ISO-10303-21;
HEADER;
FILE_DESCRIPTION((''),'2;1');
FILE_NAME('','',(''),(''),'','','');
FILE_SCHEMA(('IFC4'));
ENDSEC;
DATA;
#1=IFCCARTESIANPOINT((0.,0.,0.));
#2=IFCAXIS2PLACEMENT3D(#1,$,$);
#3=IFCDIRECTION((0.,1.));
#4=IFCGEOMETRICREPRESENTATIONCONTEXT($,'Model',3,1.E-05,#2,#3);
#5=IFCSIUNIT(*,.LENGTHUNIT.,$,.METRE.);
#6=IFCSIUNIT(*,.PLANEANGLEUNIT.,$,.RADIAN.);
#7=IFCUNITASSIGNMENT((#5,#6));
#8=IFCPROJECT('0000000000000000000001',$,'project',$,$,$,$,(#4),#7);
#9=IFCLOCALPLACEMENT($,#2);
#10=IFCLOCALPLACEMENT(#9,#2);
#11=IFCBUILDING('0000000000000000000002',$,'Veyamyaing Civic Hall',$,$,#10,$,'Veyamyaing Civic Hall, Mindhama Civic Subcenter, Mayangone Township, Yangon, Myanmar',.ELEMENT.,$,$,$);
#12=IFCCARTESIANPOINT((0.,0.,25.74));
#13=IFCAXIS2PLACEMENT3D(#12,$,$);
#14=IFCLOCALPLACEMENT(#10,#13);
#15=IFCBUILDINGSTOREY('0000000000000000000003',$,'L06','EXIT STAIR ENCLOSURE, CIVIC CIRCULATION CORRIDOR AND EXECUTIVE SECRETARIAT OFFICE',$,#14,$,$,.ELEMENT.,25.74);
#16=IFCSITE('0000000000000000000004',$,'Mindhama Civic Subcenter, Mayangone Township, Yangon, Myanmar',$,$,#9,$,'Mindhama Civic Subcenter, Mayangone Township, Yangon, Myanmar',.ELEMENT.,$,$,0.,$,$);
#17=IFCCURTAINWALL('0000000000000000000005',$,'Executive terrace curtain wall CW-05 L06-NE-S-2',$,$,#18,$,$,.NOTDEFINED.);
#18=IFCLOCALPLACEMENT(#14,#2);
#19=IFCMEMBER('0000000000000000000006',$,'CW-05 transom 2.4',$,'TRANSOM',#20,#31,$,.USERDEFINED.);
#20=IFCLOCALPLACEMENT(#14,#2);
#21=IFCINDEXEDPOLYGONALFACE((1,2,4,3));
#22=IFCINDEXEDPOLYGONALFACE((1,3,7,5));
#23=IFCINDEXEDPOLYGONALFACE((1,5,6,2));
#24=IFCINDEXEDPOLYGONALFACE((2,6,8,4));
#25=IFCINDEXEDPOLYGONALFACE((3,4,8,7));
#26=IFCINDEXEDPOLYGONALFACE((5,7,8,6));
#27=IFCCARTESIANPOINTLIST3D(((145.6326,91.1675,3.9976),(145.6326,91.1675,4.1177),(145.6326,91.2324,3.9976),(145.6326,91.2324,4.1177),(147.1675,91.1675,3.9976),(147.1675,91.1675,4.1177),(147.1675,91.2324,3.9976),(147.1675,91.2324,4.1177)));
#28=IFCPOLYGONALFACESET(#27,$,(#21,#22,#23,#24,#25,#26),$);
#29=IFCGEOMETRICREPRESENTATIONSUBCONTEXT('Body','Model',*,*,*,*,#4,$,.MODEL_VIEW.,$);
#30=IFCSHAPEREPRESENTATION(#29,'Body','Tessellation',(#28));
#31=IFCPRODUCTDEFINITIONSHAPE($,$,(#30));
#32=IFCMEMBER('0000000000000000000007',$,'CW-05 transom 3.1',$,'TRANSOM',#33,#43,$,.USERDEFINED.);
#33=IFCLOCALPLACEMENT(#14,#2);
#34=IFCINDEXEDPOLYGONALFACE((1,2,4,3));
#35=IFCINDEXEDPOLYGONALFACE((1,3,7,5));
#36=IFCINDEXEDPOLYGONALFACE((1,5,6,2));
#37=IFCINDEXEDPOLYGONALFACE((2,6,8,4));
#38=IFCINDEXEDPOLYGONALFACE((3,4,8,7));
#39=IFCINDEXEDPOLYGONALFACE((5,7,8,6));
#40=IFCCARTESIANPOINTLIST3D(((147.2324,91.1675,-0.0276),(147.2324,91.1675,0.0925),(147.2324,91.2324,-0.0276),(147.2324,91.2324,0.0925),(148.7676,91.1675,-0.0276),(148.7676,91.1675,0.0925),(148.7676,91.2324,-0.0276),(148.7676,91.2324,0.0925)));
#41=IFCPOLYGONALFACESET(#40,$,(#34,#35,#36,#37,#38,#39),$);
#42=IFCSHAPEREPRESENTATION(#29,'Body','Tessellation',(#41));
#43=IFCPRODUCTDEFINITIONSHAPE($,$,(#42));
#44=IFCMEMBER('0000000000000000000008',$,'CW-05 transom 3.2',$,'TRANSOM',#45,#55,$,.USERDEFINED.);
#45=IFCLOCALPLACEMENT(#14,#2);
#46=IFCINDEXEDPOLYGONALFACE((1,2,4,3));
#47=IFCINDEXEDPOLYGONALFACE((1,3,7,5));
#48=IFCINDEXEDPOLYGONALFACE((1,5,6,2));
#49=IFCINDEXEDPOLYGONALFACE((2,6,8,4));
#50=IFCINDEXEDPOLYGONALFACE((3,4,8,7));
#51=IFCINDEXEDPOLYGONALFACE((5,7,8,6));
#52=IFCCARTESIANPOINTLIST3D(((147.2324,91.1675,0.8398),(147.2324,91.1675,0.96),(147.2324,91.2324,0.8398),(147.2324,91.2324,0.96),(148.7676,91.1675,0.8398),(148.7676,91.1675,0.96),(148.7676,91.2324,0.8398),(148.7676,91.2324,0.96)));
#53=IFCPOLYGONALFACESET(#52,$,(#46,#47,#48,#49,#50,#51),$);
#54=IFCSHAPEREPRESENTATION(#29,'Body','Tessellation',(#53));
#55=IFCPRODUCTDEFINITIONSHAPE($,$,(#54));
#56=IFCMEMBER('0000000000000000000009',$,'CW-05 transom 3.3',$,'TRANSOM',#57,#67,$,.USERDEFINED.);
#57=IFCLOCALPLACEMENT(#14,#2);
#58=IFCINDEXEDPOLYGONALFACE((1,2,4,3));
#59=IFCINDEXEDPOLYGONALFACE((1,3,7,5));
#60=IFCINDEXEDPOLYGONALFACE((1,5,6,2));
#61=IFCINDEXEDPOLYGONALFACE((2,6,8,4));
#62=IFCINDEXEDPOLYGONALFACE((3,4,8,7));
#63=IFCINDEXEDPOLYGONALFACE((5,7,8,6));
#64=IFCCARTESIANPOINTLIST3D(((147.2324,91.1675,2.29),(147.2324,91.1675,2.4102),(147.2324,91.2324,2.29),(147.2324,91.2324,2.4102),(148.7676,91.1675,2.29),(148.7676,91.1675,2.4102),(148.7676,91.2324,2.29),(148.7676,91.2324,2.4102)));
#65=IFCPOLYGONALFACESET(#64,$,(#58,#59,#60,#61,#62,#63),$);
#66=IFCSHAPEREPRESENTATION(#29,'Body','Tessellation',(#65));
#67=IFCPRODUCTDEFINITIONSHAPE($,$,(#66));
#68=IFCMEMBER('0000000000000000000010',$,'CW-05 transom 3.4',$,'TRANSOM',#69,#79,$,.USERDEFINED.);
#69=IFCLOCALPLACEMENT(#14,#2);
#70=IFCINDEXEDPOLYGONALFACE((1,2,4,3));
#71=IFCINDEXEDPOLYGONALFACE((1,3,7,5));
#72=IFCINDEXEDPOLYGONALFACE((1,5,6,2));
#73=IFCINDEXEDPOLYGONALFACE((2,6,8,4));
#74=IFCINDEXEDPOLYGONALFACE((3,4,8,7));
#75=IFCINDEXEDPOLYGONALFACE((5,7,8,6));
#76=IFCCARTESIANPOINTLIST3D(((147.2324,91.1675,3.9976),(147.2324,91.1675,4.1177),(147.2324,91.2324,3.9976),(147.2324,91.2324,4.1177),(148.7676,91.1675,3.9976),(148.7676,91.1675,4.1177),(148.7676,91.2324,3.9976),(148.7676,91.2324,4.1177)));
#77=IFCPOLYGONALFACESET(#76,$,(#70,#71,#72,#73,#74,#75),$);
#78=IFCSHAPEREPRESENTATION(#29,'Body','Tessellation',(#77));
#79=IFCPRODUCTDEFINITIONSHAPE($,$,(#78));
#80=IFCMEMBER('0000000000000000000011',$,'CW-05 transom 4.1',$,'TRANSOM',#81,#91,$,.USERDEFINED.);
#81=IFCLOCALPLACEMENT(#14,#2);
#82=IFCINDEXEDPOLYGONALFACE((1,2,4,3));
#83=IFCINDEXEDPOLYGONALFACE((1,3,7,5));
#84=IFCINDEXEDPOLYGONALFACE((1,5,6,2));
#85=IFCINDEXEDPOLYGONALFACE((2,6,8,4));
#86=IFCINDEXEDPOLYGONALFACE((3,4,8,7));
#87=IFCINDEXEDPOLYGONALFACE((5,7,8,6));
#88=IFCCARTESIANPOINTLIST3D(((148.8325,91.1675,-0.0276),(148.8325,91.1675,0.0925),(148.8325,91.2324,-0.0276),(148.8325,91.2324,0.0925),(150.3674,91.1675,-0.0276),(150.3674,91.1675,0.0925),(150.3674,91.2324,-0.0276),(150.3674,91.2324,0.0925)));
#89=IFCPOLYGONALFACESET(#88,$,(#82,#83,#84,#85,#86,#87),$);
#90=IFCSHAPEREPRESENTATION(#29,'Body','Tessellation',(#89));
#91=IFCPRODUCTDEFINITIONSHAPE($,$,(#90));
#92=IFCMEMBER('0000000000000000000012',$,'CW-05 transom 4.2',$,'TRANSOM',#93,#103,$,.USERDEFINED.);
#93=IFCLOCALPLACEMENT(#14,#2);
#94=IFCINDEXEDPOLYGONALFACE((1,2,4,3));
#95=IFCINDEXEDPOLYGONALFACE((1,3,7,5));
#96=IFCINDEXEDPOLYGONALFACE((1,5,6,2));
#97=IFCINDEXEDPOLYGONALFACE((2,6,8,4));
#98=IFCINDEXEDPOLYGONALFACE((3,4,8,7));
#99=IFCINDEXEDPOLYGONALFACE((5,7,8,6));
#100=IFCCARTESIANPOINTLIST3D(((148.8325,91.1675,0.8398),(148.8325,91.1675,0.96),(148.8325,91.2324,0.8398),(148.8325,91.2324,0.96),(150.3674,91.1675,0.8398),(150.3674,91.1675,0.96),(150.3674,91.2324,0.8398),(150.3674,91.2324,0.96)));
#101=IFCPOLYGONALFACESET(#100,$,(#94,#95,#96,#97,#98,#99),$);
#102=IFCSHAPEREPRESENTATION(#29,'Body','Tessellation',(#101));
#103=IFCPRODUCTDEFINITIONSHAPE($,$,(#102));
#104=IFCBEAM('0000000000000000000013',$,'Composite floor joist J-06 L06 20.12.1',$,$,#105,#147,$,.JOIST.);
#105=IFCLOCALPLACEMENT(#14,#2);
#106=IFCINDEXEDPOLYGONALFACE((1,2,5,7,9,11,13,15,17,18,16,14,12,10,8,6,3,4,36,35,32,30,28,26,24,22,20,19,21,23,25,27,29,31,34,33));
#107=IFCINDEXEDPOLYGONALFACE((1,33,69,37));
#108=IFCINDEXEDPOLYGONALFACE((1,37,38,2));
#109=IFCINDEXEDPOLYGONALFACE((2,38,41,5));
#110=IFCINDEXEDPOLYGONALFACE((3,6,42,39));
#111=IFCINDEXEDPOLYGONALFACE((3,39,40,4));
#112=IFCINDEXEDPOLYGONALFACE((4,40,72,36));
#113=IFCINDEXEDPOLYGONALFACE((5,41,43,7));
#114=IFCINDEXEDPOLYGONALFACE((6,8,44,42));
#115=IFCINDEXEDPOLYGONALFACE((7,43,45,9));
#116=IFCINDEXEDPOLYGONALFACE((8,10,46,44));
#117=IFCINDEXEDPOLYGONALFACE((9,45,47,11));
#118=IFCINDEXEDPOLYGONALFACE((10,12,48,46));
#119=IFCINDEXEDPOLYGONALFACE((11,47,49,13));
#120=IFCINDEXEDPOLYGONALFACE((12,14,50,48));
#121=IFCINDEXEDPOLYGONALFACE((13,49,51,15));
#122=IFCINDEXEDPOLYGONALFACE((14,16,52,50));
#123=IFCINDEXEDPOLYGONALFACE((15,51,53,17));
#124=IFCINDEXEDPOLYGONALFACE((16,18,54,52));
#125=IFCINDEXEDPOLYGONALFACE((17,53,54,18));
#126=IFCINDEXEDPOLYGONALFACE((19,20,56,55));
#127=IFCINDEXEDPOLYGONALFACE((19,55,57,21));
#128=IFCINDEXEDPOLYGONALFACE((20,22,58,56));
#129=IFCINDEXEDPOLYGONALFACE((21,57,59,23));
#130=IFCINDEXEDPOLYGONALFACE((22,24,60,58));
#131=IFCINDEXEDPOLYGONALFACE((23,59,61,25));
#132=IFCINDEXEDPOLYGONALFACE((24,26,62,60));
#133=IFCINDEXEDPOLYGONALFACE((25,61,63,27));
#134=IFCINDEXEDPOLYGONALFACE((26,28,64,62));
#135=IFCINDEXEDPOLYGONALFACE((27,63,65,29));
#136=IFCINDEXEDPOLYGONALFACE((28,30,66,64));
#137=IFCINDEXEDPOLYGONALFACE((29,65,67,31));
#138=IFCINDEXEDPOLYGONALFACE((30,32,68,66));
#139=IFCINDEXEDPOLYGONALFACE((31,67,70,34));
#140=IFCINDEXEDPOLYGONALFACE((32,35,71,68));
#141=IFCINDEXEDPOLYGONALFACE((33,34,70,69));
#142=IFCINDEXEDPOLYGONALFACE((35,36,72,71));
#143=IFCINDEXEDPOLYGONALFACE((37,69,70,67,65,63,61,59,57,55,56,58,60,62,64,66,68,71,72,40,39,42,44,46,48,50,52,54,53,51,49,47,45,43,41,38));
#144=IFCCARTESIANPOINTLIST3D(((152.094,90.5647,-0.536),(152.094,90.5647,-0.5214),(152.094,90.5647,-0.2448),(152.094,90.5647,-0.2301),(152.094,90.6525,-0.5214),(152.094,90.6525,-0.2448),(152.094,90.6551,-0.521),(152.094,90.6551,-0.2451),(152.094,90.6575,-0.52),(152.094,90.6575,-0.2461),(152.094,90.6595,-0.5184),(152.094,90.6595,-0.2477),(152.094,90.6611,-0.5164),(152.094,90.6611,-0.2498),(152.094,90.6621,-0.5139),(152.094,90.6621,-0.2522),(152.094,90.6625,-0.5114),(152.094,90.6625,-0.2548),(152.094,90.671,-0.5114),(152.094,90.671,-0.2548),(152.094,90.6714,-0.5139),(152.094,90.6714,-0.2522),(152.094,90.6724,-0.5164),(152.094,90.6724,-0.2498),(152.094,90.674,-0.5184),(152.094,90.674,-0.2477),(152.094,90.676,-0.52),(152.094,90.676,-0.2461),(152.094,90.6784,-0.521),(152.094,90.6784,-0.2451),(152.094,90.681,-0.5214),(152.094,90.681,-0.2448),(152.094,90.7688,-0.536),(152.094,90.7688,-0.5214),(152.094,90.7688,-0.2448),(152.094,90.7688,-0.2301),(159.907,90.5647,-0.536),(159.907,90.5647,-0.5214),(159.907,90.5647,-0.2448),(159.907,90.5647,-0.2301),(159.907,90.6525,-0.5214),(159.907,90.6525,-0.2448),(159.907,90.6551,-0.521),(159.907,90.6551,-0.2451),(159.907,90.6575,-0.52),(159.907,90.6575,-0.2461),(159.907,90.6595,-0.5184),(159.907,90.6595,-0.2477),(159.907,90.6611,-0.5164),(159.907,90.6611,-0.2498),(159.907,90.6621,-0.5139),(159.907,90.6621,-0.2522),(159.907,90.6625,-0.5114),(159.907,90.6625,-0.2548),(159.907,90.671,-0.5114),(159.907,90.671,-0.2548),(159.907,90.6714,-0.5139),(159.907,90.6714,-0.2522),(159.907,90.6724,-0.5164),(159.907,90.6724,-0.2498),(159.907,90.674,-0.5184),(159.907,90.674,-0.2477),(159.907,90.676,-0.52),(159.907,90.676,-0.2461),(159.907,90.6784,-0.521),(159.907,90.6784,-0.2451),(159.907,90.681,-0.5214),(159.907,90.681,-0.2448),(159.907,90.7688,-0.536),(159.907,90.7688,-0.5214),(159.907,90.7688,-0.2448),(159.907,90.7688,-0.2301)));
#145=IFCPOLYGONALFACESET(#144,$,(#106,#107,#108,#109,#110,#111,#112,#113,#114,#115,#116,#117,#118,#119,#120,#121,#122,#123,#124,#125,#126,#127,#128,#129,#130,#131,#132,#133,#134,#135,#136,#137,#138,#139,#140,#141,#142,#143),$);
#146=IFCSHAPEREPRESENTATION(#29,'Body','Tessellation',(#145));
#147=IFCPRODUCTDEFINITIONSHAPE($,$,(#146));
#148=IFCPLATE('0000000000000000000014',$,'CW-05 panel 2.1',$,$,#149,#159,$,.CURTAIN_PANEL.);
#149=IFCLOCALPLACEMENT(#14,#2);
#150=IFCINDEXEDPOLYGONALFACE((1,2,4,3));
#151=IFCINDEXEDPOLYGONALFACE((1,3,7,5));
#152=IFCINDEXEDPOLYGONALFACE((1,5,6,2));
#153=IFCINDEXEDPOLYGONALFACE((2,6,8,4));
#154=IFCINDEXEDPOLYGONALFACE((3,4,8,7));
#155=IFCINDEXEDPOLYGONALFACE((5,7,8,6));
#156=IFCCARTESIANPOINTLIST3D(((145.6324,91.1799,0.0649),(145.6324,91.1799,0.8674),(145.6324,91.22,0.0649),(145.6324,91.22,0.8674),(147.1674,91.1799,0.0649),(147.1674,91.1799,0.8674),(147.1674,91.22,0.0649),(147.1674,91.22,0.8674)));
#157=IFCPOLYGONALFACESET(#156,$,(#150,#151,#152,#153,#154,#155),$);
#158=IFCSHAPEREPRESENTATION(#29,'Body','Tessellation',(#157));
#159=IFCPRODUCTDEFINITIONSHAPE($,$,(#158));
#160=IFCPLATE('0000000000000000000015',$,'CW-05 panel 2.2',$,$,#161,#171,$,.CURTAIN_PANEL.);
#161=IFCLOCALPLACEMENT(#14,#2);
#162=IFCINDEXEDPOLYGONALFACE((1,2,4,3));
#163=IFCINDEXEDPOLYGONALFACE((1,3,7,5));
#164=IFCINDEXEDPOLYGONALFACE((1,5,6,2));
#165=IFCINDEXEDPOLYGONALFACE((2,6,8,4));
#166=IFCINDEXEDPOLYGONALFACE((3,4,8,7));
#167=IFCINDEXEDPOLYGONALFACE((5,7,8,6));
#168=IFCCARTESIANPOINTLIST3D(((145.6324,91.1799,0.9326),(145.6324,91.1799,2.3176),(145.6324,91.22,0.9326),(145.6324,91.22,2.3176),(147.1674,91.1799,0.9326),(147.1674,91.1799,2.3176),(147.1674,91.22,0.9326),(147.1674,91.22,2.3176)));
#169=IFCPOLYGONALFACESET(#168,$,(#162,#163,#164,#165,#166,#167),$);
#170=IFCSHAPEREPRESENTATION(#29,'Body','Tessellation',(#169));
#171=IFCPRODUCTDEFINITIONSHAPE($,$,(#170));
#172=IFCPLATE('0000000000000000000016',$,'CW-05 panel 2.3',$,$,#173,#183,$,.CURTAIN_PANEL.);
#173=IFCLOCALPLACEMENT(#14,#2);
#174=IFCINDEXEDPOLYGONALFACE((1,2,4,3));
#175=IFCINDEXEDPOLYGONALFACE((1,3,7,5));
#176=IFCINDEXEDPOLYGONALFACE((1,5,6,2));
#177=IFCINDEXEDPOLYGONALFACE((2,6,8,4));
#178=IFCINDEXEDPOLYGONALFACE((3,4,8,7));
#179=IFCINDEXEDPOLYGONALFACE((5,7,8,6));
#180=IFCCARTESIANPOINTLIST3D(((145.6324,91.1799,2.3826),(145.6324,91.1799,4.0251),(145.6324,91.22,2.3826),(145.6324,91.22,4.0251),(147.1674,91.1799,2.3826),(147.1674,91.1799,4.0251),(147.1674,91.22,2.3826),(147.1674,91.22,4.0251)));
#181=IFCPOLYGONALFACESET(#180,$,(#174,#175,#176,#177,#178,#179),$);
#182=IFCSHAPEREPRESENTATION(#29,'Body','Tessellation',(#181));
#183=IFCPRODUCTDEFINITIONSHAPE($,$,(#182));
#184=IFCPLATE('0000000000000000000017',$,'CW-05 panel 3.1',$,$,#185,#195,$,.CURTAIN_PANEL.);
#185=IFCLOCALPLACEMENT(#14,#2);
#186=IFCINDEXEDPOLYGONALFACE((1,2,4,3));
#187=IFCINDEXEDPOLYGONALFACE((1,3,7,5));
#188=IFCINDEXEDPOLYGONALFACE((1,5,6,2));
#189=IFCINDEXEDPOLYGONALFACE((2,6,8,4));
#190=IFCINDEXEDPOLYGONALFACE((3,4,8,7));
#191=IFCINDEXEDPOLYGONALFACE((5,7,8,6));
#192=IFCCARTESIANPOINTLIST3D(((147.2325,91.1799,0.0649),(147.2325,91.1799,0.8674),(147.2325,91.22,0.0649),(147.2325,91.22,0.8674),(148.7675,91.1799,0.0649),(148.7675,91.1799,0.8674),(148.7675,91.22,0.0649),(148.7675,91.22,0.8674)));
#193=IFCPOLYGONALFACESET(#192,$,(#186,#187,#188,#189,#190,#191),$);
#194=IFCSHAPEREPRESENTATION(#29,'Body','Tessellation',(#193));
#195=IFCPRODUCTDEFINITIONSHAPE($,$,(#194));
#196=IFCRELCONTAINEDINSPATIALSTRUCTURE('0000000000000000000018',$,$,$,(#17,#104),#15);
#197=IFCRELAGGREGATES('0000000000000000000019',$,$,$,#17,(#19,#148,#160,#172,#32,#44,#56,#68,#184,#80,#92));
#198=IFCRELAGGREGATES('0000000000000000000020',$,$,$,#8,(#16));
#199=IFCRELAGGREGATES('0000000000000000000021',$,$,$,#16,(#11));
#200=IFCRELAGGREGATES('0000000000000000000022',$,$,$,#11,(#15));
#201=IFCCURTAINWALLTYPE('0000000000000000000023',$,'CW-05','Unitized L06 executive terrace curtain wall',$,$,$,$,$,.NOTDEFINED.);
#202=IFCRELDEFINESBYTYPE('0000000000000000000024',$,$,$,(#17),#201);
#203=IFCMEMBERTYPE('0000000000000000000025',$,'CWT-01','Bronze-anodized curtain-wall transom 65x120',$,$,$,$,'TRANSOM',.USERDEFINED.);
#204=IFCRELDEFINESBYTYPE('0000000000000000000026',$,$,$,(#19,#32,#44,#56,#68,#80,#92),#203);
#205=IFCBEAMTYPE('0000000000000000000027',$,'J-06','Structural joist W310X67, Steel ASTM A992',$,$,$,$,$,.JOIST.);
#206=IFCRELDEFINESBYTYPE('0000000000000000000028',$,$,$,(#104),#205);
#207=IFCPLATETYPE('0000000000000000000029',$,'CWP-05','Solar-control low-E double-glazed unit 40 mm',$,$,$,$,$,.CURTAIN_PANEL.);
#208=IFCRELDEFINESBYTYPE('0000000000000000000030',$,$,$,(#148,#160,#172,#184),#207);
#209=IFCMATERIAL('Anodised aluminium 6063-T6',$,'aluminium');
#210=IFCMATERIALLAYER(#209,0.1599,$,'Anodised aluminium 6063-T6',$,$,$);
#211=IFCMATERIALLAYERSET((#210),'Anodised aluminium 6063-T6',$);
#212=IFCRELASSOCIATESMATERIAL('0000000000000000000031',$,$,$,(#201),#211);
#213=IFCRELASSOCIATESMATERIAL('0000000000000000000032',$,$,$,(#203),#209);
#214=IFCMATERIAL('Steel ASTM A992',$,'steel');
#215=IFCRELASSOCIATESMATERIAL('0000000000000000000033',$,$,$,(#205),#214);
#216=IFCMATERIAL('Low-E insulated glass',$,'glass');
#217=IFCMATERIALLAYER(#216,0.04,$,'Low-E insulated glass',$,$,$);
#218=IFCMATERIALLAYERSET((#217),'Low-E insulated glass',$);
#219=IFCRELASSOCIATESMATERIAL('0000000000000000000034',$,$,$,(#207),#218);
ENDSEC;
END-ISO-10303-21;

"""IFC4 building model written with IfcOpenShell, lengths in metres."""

from ifc_helpers import new_model, si_unit, direction, frame, origin, origin_2d, place, context, subcontext, project, spatial, rectangle, i_section, extrude, material, layer, layer_set, material_profile, profile_set, type_object, element, aggregate, save


model = new_model("IFC4")

# Units and contexts
model_context = context("Model", 3, precision=1e-05, world=origin(), true_north=direction((0.0, 1.0)))
body_context = subcontext(model_context, "Body", "Model", "MODEL_VIEW")
ifc_project = project(units=[si_unit("LENGTHUNIT", "METRE"), si_unit("PLANEANGLEUNIT", "RADIAN")], contexts=[model_context])

# Site, building, storey
site_placement = place(None, origin())
site = spatial("IfcSite", under=ifc_project, at=site_placement, Name="Mindhama Civic Subcenter, Mayangone Township, Yangon, Myanmar", LongName="Mindhama Civic Subcenter, Mayangone Township, Yangon, Myanmar", CompositionType="ELEMENT", RefElevation=0.0)
building_placement = place(site_placement, origin())
building = spatial("IfcBuilding", under=site, at=building_placement, Name="Veyamyaing Civic Hall", LongName="Veyamyaing Civic Hall, Mindhama Civic Subcenter, Mayangone Township, Yangon, Myanmar", CompositionType="ELEMENT")
storey_placement = place(building_placement, frame((0.0, 0.0, 25.74)))
storey = spatial("IfcBuildingStorey", under=building, at=storey_placement, Name="L06", Description="EXIT STAIR ENCLOSURE, CIVIC CIRCULATION CORRIDOR AND EXECUTIVE SECRETARIAT OFFICE", CompositionType="ELEMENT", Elevation=25.74)

# Shared definitions
ifc_material_1 = material(Name="Steel ASTM A992", Category="steel")

# Curtain wall, members
ifc_material_2 = material(Name="Anodised aluminium 6063-T6", Category="aluminium")
ifc_layer_1 = layer(ifc_material_2, 0.1599, Name="Anodised aluminium 6063-T6")
ifc_layer_set_1 = layer_set([ifc_layer_1], Name="Anodised aluminium 6063-T6")
curtain_wall_type = type_object("IfcCurtainWallType", Name="CW-05", Description="Unitized L06 executive terrace curtain wall", PredefinedType="NOTDEFINED", material=ifc_layer_set_1)
curtain_wall_placement = place(storey_placement, origin())
curtain_wall = element("IfcCurtainWall", 1, at=curtain_wall_placement, inside=storey, type_object=curtain_wall_type, Name="Executive terrace curtain wall CW-05 L06-NE-S-2", PredefinedType="NOTDEFINED")
ifc_material_profile_1 = material_profile(ifc_material_2, rectangle(XDim=0.0649, YDim=0.1201, at=origin_2d()), Name="ALU-TRN-65X120")
ifc_profile_set_1 = profile_set([ifc_material_profile_1], Name="Anodised aluminium 6063-T6")
member_type_1 = type_object("IfcMemberType", Name="CWT-01", Description="Bronze-anodized curtain-wall transom 65x120", ElementType="TRANSOM", PredefinedType="USERDEFINED", material=ifc_profile_set_1)
member_1_placement = place(storey_placement, frame((145.6326, 91.2, 4.0576), z_axis=(1.0, 0.0, 0.0), x_axis=(0.0, 1.0, 0.0)))
member_1 = element("IfcMember", 2, at=member_1_placement, type_object=member_type_1, Name="CW-05 transom 2.4", ObjectType="TRANSOM", PredefinedType="USERDEFINED", context=body_context, shape_type="SweptSolid", body=[
    extrude(rectangle(XDim=0.0649, YDim=0.1201, at=origin_2d()), origin(), (0.0, 0.0, 1.0), 1.5349),
])
member_2_placement = place(storey_placement, frame((147.2324, 91.2, 0.0325), z_axis=(1.0, 0.0, 0.0), x_axis=(0.0, 1.0, 0.0)))
member_2 = element("IfcMember", 3, at=member_2_placement, type_object=member_type_1, Name="CW-05 transom 3.1", ObjectType="TRANSOM", PredefinedType="USERDEFINED", context=body_context, shape_type="SweptSolid", body=[
    extrude(rectangle(XDim=0.0649, YDim=0.1201, at=origin_2d()), origin(), (0.0, 0.0, 1.0), 1.5352),
])
member_3_placement = place(storey_placement, frame((147.2324, 91.2, 0.8999), z_axis=(1.0, 0.0, 0.0), x_axis=(0.0, 1.0, 0.0)))
member_3 = element("IfcMember", 4, at=member_3_placement, type_object=member_type_1, Name="CW-05 transom 3.2", ObjectType="TRANSOM", PredefinedType="USERDEFINED", context=body_context, shape_type="SweptSolid", body=[
    extrude(rectangle(XDim=0.0649, YDim=0.1201, at=origin_2d()), origin(), (0.0, 0.0, 1.0), 1.5352),
])
member_4_placement = place(storey_placement, frame((147.2324, 91.2, 2.3501), z_axis=(1.0, 0.0, 0.0), x_axis=(0.0, 1.0, 0.0)))
member_4 = element("IfcMember", 5, at=member_4_placement, type_object=member_type_1, Name="CW-05 transom 3.3", ObjectType="TRANSOM", PredefinedType="USERDEFINED", context=body_context, shape_type="SweptSolid", body=[
    extrude(rectangle(XDim=0.0649, YDim=0.1201, at=origin_2d()), origin(), (0.0, 0.0, 1.0), 1.5352),
])
member_5_placement = place(storey_placement, frame((147.2324, 91.2, 4.0576), z_axis=(1.0, 0.0, 0.0), x_axis=(0.0, 1.0, 0.0)))
member_5 = element("IfcMember", 6, at=member_5_placement, type_object=member_type_1, Name="CW-05 transom 3.4", ObjectType="TRANSOM", PredefinedType="USERDEFINED", context=body_context, shape_type="SweptSolid", body=[
    extrude(rectangle(XDim=0.0649, YDim=0.1201, at=origin_2d()), origin(), (0.0, 0.0, 1.0), 1.5352),
])
member_6_placement = place(storey_placement, frame((148.8325, 91.2, 0.0325), z_axis=(1.0, 0.0, 0.0), x_axis=(0.0, 1.0, 0.0)))
member_6 = element("IfcMember", 7, at=member_6_placement, type_object=member_type_1, Name="CW-05 transom 4.1", ObjectType="TRANSOM", PredefinedType="USERDEFINED", context=body_context, shape_type="SweptSolid", body=[
    extrude(rectangle(XDim=0.0649, YDim=0.1201, at=origin_2d()), origin(), (0.0, 0.0, 1.0), 1.5349),
])
member_7_placement = place(storey_placement, frame((148.8325, 91.2, 0.8999), z_axis=(1.0, 0.0, 0.0), x_axis=(0.0, 1.0, 0.0)))
member_7 = element("IfcMember", 8, at=member_7_placement, type_object=member_type_1, Name="CW-05 transom 4.2", ObjectType="TRANSOM", PredefinedType="USERDEFINED", context=body_context, shape_type="SweptSolid", body=[
    extrude(rectangle(XDim=0.0649, YDim=0.1201, at=origin_2d()), origin(), (0.0, 0.0, 1.0), 1.5349),
])

# Beam
ifc_material_profile_2 = material_profile(ifc_material_1, i_section(OverallWidth=0.2041, OverallDepth=0.3059, WebThickness=0.0085, FlangeThickness=0.0146, FilletRadius=0.01, at=origin_2d()), Name="W310X67")
ifc_profile_set_2 = profile_set([ifc_material_profile_2], Name="Steel ASTM A992")
beam_type_1 = type_object("IfcBeamType", Name="J-06", Description="Structural joist W310X67, Steel ASTM A992", PredefinedType="JOIST", material=ifc_profile_set_2)
beam_1_placement = place(storey_placement, frame((152.094, 90.6667, -0.3831), z_axis=(1.0, 0.0, 0.0), x_axis=(0.0, 1.0, 0.0)))
element("IfcBeam", 9, at=beam_1_placement, inside=storey, type_object=beam_type_1, Name="Composite floor joist J-06 L06 20.12.1", PredefinedType="JOIST", context=body_context, shape_type="SweptSolid", body=[
    extrude(i_section(OverallWidth=0.2041, OverallDepth=0.3059, WebThickness=0.0085, FlangeThickness=0.0146, FilletRadius=0.01, at=origin_2d()), origin(), (0.0, 0.0, 1.0), 7.813),
])

# Plates
ifc_material_3 = material(Name="Low-E insulated glass", Category="glass")
ifc_layer_2 = layer(ifc_material_3, 0.04, Name="Low-E insulated glass")
ifc_layer_set_2 = layer_set([ifc_layer_2], Name="Low-E insulated glass")
plate_type = type_object("IfcPlateType", Name="CWP-05", Description="Solar-control low-E double-glazed unit 40 mm", PredefinedType="CURTAIN_PANEL", material=ifc_layer_set_2)
plate_1_placement = place(storey_placement, frame((146.3999, 91.2, 0.0649), z_axis=(0.0, 0.0, 1.0), x_axis=(1.0, 0.0, 0.0)))
plate_1 = element("IfcPlate", 10, at=plate_1_placement, type_object=plate_type, Name="CW-05 panel 2.1", PredefinedType="CURTAIN_PANEL", context=body_context, shape_type="SweptSolid", body=[
    extrude(rectangle(XDim=1.5349, YDim=0.04, at=origin_2d()), origin(), (0.0, 0.0, 1.0), 0.8025),
])
plate_2_placement = place(storey_placement, frame((146.3999, 91.2, 0.9326), z_axis=(0.0, 0.0, 1.0), x_axis=(1.0, 0.0, 0.0)))
plate_2 = element("IfcPlate", 11, at=plate_2_placement, type_object=plate_type, Name="CW-05 panel 2.2", PredefinedType="CURTAIN_PANEL", context=body_context, shape_type="SweptSolid", body=[
    extrude(rectangle(XDim=1.5349, YDim=0.04, at=origin_2d()), origin(), (0.0, 0.0, 1.0), 1.385),
])
plate_3_placement = place(storey_placement, frame((146.3999, 91.2, 2.3826), z_axis=(0.0, 0.0, 1.0), x_axis=(1.0, 0.0, 0.0)))
plate_3 = element("IfcPlate", 12, at=plate_3_placement, type_object=plate_type, Name="CW-05 panel 2.3", PredefinedType="CURTAIN_PANEL", context=body_context, shape_type="SweptSolid", body=[
    extrude(rectangle(XDim=1.5349, YDim=0.04, at=origin_2d()), origin(), (0.0, 0.0, 1.0), 1.6426),
])
plate_4_placement = place(storey_placement, frame((148.0, 91.2, 0.0649), z_axis=(0.0, 0.0, 1.0), x_axis=(1.0, 0.0, 0.0)))
plate_4 = element("IfcPlate", 13, at=plate_4_placement, type_object=plate_type, Name="CW-05 panel 3.1", PredefinedType="CURTAIN_PANEL", context=body_context, shape_type="SweptSolid", body=[
    extrude(rectangle(XDim=1.5349, YDim=0.04, at=origin_2d()), origin(), (0.0, 0.0, 1.0), 0.8025),
])
aggregate(curtain_wall, [member_1, plate_1, plate_2, plate_3, member_2, member_3, member_4, member_5, plate_4, member_6, member_7])

save(model, "model.ifc")
